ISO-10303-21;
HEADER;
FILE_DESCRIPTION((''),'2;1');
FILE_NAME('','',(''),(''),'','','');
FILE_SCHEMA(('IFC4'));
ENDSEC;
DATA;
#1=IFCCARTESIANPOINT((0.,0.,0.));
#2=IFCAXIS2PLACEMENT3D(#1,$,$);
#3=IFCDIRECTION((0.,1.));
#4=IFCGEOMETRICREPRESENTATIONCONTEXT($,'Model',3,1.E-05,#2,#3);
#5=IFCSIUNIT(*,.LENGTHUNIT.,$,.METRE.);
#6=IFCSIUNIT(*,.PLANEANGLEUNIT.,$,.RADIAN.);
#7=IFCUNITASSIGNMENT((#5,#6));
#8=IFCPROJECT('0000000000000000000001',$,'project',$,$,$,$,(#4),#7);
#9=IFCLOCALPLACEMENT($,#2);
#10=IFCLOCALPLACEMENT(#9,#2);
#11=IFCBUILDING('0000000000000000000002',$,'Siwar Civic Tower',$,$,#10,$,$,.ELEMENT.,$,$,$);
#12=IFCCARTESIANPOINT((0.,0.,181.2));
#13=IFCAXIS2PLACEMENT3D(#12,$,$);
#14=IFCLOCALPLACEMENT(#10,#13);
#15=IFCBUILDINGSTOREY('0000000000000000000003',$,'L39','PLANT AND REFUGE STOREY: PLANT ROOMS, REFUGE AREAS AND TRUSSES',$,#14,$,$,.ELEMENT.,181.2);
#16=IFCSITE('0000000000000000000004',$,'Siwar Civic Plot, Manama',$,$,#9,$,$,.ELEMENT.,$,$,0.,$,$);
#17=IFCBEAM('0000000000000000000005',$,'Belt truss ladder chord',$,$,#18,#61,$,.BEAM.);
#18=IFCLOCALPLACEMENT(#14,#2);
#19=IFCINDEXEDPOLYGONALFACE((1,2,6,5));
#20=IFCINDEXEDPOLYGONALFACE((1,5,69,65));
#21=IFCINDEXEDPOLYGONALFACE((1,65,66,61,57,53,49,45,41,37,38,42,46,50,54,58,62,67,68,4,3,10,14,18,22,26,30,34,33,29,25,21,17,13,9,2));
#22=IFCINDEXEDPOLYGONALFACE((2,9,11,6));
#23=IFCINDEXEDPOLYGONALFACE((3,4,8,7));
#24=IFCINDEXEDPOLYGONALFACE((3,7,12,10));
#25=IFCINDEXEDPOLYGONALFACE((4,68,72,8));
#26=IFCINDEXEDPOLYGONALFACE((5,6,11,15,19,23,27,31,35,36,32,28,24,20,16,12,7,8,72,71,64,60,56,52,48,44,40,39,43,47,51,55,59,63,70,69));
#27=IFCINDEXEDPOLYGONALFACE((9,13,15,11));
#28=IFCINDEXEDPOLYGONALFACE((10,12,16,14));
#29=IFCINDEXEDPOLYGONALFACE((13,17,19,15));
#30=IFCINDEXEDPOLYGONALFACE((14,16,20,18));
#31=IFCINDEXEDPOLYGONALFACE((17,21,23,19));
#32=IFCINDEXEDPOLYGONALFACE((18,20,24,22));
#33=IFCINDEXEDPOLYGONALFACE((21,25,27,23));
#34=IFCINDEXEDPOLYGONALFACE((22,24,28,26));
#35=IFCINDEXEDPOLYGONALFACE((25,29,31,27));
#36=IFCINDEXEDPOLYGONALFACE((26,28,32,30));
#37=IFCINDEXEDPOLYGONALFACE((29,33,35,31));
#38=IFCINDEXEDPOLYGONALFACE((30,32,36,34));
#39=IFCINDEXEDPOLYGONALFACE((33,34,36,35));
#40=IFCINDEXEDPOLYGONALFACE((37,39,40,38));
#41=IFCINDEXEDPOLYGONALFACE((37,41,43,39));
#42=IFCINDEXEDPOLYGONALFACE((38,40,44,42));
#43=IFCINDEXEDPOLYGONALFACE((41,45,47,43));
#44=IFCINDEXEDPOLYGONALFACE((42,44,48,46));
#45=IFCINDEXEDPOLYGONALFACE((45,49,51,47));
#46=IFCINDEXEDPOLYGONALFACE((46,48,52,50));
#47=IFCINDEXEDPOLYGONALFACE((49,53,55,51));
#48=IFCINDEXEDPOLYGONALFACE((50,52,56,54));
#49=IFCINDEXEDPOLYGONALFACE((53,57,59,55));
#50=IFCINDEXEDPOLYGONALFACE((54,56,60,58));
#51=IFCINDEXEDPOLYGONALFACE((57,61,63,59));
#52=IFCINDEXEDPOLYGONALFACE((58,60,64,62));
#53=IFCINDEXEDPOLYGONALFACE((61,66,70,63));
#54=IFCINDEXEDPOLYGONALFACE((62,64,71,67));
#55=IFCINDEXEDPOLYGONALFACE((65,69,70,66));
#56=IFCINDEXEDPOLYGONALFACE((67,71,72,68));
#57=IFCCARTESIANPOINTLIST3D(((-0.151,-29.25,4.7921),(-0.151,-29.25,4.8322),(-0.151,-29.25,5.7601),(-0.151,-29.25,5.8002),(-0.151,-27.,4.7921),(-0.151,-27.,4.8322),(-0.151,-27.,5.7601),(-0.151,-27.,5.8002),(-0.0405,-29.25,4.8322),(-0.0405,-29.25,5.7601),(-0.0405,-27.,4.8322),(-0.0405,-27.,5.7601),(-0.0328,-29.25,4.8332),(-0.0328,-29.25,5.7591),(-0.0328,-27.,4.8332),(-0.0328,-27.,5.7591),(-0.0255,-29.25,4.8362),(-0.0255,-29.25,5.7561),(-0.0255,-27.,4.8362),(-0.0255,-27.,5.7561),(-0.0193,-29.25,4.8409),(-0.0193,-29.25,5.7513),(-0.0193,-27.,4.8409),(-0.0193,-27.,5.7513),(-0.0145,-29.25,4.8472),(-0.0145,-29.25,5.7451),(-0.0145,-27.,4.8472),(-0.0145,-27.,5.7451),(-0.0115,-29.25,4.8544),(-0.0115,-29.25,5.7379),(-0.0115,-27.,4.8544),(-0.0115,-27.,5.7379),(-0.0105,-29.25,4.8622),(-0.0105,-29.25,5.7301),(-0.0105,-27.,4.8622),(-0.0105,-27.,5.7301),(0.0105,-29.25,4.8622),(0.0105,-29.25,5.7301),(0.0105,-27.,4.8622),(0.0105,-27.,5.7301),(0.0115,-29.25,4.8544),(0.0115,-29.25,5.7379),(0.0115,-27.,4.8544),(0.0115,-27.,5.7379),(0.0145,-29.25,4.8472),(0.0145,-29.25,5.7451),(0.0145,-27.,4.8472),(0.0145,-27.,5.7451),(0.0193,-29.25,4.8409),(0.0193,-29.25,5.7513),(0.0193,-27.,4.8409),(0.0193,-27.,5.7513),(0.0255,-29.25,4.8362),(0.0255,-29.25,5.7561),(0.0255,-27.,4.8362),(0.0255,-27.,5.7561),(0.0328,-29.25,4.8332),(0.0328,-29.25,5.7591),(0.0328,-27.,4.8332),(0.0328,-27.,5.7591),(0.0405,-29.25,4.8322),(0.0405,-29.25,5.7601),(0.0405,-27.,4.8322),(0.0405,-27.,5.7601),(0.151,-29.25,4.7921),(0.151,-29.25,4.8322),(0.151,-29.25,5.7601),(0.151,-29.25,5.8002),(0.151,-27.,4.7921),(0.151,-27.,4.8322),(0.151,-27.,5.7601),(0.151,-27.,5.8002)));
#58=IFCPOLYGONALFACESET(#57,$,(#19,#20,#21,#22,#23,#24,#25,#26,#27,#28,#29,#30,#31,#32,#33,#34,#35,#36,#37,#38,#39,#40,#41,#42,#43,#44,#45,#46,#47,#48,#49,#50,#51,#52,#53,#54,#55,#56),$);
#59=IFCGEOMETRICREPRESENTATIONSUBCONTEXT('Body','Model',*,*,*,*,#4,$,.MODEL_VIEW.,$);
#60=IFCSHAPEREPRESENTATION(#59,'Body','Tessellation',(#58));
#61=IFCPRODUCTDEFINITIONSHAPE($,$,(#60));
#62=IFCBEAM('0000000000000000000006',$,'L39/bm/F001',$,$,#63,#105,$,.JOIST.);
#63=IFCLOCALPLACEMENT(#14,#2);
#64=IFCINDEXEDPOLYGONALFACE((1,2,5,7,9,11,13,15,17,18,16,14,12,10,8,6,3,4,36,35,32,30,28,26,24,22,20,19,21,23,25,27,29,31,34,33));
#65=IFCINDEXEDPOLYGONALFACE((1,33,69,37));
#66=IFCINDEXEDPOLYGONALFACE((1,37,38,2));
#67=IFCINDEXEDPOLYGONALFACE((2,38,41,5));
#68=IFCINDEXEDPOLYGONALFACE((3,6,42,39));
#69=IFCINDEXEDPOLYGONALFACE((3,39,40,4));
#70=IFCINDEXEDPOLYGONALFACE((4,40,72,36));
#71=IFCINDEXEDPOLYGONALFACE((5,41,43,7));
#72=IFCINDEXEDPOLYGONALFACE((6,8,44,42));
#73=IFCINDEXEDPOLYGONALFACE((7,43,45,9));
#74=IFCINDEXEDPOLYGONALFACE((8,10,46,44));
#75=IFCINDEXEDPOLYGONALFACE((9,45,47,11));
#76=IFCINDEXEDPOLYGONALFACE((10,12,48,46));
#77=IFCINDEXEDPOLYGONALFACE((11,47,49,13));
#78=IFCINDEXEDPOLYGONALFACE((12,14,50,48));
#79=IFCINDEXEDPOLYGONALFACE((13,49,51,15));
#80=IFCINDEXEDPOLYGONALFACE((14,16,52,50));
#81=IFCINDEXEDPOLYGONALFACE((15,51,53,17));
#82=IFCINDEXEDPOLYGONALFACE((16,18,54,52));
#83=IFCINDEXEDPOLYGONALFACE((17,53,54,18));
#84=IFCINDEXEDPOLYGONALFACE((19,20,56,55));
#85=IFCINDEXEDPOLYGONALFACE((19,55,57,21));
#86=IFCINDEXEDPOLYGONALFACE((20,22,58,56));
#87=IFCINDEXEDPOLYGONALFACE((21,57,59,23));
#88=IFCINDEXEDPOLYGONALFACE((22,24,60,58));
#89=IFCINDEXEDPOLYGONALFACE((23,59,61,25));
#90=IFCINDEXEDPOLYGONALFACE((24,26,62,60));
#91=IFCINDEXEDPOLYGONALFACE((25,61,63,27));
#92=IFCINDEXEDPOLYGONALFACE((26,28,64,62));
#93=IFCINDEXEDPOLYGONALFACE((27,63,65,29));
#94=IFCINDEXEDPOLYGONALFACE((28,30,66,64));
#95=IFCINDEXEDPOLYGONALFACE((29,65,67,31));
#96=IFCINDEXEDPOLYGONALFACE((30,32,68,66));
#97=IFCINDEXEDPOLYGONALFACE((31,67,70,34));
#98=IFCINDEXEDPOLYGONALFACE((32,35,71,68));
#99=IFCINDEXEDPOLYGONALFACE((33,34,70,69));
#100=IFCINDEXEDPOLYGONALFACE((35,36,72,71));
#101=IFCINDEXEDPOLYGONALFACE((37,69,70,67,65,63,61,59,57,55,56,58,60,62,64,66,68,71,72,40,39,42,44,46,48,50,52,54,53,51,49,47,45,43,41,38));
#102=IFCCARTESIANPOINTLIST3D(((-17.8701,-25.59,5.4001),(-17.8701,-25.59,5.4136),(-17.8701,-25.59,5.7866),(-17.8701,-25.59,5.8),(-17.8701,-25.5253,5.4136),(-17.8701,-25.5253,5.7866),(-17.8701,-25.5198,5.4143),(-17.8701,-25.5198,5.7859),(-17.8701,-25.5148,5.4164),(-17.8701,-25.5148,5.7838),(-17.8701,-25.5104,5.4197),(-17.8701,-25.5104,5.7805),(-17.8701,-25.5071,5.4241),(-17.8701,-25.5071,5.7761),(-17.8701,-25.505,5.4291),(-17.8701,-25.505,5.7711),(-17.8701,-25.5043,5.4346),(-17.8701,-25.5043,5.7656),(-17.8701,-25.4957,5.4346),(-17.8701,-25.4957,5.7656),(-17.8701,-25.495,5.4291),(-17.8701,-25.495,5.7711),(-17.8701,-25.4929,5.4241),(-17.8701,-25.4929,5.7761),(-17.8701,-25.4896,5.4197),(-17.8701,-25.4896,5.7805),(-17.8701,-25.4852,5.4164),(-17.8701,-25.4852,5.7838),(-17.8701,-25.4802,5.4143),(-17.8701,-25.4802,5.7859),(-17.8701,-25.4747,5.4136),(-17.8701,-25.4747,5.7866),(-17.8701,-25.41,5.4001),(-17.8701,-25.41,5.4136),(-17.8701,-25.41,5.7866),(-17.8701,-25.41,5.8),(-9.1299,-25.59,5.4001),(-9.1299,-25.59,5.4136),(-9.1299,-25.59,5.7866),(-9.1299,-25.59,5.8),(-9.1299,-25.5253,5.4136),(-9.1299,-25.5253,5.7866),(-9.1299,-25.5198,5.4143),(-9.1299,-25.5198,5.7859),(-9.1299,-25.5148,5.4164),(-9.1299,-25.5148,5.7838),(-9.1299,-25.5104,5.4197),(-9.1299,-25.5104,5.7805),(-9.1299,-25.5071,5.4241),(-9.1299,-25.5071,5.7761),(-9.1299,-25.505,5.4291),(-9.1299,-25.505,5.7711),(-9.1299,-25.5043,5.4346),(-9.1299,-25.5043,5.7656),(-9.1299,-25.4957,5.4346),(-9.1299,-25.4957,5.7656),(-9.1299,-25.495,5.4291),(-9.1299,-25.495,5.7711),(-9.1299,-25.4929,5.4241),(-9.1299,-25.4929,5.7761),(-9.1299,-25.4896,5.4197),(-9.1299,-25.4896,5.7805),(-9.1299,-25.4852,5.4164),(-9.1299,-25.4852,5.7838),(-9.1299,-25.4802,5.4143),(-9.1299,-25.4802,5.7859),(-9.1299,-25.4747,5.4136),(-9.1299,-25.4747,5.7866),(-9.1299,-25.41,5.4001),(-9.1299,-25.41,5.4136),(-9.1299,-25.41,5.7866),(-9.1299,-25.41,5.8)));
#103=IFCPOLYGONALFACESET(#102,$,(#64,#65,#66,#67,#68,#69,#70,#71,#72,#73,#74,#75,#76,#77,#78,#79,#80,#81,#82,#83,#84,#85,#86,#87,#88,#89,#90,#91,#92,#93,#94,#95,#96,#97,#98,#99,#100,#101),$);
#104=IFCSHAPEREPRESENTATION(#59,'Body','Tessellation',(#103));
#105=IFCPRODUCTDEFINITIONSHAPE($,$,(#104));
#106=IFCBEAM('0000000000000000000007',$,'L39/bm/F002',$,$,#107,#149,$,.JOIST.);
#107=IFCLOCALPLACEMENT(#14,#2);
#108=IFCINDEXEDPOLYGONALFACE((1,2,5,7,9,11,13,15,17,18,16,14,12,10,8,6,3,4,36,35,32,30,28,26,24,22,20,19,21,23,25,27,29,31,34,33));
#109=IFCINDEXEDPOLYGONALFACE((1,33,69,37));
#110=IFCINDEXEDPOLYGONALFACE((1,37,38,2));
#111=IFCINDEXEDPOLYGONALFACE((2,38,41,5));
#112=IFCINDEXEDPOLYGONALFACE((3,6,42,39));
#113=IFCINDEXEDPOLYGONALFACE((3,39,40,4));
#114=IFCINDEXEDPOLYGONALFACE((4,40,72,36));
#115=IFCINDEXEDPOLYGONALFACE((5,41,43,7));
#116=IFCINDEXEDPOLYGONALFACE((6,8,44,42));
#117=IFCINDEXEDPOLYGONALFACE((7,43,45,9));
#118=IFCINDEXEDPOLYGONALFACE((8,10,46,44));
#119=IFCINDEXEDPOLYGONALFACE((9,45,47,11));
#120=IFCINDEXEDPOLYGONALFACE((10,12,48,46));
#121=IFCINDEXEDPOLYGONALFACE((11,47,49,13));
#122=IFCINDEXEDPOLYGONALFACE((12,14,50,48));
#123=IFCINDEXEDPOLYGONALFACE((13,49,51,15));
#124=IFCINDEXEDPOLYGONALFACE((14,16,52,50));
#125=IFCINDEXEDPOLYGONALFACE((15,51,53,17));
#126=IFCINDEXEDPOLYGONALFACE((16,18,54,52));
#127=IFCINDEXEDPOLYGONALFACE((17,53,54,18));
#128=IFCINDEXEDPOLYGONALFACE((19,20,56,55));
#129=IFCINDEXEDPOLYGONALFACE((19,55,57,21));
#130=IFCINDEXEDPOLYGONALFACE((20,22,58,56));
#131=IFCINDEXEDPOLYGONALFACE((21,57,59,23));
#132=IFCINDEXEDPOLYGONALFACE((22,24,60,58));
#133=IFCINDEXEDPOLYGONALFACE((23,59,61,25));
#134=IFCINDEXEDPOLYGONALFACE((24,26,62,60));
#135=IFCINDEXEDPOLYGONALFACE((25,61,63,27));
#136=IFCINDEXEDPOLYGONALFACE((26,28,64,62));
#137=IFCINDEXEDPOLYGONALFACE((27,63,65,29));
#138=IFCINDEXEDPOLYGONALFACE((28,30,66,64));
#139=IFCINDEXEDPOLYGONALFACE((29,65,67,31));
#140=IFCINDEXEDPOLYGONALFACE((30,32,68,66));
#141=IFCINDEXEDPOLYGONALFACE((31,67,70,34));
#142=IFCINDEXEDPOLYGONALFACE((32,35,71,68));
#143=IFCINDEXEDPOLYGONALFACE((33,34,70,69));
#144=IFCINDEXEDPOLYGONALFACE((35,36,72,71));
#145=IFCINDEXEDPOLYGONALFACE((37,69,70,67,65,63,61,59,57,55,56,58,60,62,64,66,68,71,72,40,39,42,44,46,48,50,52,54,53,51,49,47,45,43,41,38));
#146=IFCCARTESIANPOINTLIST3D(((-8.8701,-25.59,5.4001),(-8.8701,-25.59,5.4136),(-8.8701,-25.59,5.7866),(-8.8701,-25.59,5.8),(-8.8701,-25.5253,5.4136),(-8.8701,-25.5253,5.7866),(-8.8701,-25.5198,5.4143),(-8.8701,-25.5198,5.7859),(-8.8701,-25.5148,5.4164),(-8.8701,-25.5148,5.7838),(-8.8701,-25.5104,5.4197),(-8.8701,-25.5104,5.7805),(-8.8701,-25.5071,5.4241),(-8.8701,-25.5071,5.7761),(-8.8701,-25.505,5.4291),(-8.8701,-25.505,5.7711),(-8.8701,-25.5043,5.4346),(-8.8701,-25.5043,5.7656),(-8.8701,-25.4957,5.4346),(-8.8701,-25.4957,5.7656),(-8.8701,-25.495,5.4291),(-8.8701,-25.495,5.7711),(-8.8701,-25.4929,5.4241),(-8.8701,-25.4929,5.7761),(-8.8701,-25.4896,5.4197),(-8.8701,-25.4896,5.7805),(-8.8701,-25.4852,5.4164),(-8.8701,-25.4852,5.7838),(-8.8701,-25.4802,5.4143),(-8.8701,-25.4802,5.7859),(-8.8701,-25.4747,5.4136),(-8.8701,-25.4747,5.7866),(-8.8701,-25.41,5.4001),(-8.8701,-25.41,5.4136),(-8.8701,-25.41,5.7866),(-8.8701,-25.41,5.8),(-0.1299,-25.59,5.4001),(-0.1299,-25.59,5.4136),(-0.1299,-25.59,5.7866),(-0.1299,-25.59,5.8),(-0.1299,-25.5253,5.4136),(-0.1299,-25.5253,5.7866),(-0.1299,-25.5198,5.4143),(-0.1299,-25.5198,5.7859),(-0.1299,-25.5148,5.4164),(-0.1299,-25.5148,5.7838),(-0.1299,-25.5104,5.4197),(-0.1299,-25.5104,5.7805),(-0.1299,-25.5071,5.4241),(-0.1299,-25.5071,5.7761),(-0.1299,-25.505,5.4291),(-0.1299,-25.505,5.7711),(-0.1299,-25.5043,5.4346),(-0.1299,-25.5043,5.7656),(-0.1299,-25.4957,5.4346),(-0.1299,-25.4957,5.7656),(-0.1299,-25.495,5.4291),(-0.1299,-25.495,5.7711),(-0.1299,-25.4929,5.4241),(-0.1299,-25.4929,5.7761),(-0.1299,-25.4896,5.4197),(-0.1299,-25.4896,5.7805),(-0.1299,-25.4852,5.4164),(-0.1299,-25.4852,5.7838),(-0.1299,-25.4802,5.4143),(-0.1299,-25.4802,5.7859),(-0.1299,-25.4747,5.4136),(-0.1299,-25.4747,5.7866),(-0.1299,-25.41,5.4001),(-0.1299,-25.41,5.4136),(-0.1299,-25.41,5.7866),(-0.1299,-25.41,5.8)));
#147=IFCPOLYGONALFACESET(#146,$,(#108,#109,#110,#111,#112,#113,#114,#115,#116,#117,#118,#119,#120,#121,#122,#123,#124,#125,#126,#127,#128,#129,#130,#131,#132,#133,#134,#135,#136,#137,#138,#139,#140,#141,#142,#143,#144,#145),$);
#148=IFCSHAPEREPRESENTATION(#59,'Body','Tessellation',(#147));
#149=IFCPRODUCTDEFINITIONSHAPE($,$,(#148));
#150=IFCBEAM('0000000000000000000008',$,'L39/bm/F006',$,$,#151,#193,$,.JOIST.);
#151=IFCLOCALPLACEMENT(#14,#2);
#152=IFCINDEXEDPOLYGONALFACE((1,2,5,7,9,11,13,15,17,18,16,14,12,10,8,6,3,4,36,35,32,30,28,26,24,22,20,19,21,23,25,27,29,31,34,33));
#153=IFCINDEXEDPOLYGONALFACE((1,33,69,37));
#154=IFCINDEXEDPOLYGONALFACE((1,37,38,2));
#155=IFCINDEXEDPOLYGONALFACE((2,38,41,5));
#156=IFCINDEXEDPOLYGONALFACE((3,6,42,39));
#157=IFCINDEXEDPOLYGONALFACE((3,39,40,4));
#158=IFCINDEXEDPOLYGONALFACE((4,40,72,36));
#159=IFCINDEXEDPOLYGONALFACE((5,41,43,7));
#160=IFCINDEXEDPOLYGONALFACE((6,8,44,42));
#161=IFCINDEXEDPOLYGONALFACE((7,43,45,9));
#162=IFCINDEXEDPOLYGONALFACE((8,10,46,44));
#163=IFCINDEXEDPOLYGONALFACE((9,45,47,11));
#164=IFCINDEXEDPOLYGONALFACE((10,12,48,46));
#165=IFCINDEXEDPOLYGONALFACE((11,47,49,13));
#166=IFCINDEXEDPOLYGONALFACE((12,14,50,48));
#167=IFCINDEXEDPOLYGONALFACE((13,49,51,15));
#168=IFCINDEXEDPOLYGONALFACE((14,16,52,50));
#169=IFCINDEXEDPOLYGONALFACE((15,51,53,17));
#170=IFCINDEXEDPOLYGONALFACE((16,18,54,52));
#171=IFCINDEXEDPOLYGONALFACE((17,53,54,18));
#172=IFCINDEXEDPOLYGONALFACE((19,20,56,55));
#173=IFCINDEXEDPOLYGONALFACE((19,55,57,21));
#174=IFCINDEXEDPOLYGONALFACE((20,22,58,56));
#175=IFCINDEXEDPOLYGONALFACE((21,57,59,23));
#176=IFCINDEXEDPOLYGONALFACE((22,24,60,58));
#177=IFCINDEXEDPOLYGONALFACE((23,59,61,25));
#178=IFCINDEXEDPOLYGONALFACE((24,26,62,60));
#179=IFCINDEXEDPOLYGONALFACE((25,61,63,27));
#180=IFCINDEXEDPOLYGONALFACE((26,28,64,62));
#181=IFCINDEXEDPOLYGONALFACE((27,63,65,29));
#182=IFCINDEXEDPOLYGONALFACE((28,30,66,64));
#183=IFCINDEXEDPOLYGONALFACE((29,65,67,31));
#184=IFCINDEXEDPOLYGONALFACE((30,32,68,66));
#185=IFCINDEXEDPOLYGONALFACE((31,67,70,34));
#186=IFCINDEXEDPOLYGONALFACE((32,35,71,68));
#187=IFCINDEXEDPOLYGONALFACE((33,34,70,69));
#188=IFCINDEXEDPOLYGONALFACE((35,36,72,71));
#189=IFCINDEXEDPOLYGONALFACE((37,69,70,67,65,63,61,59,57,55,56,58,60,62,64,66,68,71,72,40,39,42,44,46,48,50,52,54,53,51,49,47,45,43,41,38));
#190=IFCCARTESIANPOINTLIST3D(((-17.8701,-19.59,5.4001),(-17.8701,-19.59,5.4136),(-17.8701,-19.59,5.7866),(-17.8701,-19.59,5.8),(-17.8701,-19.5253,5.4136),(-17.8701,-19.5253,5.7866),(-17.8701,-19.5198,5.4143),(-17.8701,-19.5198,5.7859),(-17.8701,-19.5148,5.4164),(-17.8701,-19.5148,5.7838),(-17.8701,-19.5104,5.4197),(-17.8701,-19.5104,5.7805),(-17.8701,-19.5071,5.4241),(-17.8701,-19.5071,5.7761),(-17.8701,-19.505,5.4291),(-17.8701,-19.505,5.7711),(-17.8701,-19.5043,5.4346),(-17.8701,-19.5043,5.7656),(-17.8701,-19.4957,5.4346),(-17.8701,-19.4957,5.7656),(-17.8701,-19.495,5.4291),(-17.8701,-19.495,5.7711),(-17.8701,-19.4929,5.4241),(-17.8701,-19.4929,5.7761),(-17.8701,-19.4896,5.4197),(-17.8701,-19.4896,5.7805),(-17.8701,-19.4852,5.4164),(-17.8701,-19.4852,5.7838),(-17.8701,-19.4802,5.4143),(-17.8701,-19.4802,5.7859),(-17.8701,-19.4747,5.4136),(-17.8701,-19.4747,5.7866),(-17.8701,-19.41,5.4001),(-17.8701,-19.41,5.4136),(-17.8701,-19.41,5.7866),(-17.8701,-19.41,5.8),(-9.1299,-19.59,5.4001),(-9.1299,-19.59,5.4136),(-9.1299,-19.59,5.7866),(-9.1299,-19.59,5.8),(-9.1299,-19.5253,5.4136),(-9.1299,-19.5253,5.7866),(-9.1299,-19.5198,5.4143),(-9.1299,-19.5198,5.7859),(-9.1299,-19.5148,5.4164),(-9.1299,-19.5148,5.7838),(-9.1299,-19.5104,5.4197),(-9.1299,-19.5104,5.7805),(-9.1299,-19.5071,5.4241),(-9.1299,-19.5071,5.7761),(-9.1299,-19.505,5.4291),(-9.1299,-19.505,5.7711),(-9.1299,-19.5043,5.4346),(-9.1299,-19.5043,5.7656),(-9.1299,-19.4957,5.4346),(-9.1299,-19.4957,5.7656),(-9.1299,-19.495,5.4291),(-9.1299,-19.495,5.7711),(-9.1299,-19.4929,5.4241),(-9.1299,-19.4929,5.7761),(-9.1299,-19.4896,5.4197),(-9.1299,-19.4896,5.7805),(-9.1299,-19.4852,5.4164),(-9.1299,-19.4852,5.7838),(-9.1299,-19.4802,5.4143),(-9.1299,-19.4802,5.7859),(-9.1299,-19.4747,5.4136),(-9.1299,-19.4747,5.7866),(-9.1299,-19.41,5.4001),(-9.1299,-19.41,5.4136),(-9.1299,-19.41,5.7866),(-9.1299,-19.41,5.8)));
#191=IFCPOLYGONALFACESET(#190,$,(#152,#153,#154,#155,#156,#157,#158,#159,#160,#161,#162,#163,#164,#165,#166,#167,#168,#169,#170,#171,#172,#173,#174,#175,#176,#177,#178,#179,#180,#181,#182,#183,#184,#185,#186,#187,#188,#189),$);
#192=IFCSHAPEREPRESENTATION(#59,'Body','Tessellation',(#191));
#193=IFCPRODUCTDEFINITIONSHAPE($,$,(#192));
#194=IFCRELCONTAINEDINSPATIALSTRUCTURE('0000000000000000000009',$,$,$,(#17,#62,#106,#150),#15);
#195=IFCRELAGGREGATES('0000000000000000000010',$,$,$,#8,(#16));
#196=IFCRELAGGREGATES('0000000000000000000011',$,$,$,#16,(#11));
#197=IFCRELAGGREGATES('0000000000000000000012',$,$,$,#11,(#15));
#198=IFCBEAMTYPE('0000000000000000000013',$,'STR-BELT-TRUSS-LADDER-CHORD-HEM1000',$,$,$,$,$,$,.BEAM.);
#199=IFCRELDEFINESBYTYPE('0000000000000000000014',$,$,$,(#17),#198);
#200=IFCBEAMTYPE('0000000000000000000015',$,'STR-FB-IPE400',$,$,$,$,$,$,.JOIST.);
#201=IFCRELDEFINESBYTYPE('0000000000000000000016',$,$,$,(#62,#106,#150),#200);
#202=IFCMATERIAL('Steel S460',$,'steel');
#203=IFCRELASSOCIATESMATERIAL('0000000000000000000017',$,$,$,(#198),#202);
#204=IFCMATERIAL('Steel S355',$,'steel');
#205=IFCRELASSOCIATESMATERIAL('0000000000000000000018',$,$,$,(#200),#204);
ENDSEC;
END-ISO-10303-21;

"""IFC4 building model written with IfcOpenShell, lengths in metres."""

from ifc_helpers import new_model, si_unit, direction, frame, origin, origin_2d, place, context, subcontext, project, spatial, i_section, extrude, material, material_profile, profile_set, type_object, element, save


model = new_model("IFC4")

# Units and contexts
model_context = context("Model", 3, precision=1e-05, world=origin(), true_north=direction((0.0, 1.0)))
body_context = subcontext(model_context, "Body", "Model", "MODEL_VIEW")
ifc_project = project(units=[si_unit("LENGTHUNIT", "METRE"), si_unit("PLANEANGLEUNIT", "RADIAN")], contexts=[model_context])

# Site, building, storey
site_placement = place(None, origin())
site = spatial("IfcSite", under=ifc_project, at=site_placement, Name="Siwar Civic Plot, Manama", CompositionType="ELEMENT", RefElevation=0.0)
building_placement = place(site_placement, origin())
building = spatial("IfcBuilding", under=site, at=building_placement, Name="Siwar Civic Tower", CompositionType="ELEMENT")
storey_placement = place(building_placement, frame((0.0, 0.0, 181.2)))
storey = spatial("IfcBuildingStorey", under=building, at=storey_placement, Name="L39", Description="PLANT AND REFUGE STOREY: PLANT ROOMS, REFUGE AREAS AND TRUSSES", CompositionType="ELEMENT", Elevation=181.2)

# Beams
ifc_material_1 = material(Name="Steel S460", Category="steel")
ifc_material_profile_1 = material_profile(ifc_material_1, i_section(OverallWidth=0.302, OverallDepth=1.0081, WebThickness=0.021, FlangeThickness=0.04, FilletRadius=0.03, at=origin_2d()), Name="HEM1000")
ifc_profile_set_1 = profile_set([ifc_material_profile_1], Name="Steel S460")
beam_type_1 = type_object("IfcBeamType", Name="STR-BELT-TRUSS-LADDER-CHORD-HEM1000", PredefinedType="BEAM", material=ifc_profile_set_1)
for number, where, z_axis, x_axis, name in (
    (1, (0.0, -27.0, 5.2961), (0.0, -1.0, 0.0), (1.0, 0.0, 0.0), "Belt truss ladder chord"),
):
    element("IfcBeam", number, at=place(storey_placement, frame(where, z_axis=z_axis, x_axis=x_axis)), inside=storey, type_object=beam_type_1, Name=name, PredefinedType="BEAM", context=body_context, shape_type="SweptSolid", body=[
        extrude(i_section(OverallWidth=0.302, OverallDepth=1.0081, WebThickness=0.021, FlangeThickness=0.04, FilletRadius=0.03, at=origin_2d()), origin(), (0.0, 0.0, 1.0), 2.25),
    ])
ifc_material_2 = material(Name="Steel S355", Category="steel")
ifc_material_profile_2 = material_profile(ifc_material_2, i_section(OverallWidth=0.1799, OverallDepth=0.3999, WebThickness=0.0085, FlangeThickness=0.0134, FilletRadius=0.021, at=origin_2d()), Name="IPE400")
ifc_profile_set_2 = profile_set([ifc_material_profile_2], Name="Steel S355")
beam_type_2 = type_object("IfcBeamType", Name="STR-FB-IPE400", PredefinedType="JOIST", material=ifc_profile_set_2)
for number, where, z_axis, x_axis, name in (
    (2, (-17.8701, -25.5, 5.6001), (1.0, 0.0, 0.0), (0.0, 1.0, 0.0), "L39/bm/F001"),
    (3, (-8.8701, -25.5, 5.6001), (1.0, 0.0, 0.0), (0.0, 1.0, 0.0), "L39/bm/F002"),
    (4, (-17.8701, -19.5, 5.6001), (1.0, 0.0, 0.0), (0.0, 1.0, 0.0), "L39/bm/F006"),
):
    element("IfcBeam", number, at=place(storey_placement, frame(where, z_axis=z_axis, x_axis=x_axis)), inside=storey, type_object=beam_type_2, Name=name, PredefinedType="JOIST", context=body_context, shape_type="SweptSolid", body=[
        extrude(i_section(OverallWidth=0.1799, OverallDepth=0.3999, WebThickness=0.0085, FlangeThickness=0.0134, FilletRadius=0.021, at=origin_2d()), origin(), (0.0, 0.0, 1.0), 8.7402),
    ])

save(model, "model.ifc")
